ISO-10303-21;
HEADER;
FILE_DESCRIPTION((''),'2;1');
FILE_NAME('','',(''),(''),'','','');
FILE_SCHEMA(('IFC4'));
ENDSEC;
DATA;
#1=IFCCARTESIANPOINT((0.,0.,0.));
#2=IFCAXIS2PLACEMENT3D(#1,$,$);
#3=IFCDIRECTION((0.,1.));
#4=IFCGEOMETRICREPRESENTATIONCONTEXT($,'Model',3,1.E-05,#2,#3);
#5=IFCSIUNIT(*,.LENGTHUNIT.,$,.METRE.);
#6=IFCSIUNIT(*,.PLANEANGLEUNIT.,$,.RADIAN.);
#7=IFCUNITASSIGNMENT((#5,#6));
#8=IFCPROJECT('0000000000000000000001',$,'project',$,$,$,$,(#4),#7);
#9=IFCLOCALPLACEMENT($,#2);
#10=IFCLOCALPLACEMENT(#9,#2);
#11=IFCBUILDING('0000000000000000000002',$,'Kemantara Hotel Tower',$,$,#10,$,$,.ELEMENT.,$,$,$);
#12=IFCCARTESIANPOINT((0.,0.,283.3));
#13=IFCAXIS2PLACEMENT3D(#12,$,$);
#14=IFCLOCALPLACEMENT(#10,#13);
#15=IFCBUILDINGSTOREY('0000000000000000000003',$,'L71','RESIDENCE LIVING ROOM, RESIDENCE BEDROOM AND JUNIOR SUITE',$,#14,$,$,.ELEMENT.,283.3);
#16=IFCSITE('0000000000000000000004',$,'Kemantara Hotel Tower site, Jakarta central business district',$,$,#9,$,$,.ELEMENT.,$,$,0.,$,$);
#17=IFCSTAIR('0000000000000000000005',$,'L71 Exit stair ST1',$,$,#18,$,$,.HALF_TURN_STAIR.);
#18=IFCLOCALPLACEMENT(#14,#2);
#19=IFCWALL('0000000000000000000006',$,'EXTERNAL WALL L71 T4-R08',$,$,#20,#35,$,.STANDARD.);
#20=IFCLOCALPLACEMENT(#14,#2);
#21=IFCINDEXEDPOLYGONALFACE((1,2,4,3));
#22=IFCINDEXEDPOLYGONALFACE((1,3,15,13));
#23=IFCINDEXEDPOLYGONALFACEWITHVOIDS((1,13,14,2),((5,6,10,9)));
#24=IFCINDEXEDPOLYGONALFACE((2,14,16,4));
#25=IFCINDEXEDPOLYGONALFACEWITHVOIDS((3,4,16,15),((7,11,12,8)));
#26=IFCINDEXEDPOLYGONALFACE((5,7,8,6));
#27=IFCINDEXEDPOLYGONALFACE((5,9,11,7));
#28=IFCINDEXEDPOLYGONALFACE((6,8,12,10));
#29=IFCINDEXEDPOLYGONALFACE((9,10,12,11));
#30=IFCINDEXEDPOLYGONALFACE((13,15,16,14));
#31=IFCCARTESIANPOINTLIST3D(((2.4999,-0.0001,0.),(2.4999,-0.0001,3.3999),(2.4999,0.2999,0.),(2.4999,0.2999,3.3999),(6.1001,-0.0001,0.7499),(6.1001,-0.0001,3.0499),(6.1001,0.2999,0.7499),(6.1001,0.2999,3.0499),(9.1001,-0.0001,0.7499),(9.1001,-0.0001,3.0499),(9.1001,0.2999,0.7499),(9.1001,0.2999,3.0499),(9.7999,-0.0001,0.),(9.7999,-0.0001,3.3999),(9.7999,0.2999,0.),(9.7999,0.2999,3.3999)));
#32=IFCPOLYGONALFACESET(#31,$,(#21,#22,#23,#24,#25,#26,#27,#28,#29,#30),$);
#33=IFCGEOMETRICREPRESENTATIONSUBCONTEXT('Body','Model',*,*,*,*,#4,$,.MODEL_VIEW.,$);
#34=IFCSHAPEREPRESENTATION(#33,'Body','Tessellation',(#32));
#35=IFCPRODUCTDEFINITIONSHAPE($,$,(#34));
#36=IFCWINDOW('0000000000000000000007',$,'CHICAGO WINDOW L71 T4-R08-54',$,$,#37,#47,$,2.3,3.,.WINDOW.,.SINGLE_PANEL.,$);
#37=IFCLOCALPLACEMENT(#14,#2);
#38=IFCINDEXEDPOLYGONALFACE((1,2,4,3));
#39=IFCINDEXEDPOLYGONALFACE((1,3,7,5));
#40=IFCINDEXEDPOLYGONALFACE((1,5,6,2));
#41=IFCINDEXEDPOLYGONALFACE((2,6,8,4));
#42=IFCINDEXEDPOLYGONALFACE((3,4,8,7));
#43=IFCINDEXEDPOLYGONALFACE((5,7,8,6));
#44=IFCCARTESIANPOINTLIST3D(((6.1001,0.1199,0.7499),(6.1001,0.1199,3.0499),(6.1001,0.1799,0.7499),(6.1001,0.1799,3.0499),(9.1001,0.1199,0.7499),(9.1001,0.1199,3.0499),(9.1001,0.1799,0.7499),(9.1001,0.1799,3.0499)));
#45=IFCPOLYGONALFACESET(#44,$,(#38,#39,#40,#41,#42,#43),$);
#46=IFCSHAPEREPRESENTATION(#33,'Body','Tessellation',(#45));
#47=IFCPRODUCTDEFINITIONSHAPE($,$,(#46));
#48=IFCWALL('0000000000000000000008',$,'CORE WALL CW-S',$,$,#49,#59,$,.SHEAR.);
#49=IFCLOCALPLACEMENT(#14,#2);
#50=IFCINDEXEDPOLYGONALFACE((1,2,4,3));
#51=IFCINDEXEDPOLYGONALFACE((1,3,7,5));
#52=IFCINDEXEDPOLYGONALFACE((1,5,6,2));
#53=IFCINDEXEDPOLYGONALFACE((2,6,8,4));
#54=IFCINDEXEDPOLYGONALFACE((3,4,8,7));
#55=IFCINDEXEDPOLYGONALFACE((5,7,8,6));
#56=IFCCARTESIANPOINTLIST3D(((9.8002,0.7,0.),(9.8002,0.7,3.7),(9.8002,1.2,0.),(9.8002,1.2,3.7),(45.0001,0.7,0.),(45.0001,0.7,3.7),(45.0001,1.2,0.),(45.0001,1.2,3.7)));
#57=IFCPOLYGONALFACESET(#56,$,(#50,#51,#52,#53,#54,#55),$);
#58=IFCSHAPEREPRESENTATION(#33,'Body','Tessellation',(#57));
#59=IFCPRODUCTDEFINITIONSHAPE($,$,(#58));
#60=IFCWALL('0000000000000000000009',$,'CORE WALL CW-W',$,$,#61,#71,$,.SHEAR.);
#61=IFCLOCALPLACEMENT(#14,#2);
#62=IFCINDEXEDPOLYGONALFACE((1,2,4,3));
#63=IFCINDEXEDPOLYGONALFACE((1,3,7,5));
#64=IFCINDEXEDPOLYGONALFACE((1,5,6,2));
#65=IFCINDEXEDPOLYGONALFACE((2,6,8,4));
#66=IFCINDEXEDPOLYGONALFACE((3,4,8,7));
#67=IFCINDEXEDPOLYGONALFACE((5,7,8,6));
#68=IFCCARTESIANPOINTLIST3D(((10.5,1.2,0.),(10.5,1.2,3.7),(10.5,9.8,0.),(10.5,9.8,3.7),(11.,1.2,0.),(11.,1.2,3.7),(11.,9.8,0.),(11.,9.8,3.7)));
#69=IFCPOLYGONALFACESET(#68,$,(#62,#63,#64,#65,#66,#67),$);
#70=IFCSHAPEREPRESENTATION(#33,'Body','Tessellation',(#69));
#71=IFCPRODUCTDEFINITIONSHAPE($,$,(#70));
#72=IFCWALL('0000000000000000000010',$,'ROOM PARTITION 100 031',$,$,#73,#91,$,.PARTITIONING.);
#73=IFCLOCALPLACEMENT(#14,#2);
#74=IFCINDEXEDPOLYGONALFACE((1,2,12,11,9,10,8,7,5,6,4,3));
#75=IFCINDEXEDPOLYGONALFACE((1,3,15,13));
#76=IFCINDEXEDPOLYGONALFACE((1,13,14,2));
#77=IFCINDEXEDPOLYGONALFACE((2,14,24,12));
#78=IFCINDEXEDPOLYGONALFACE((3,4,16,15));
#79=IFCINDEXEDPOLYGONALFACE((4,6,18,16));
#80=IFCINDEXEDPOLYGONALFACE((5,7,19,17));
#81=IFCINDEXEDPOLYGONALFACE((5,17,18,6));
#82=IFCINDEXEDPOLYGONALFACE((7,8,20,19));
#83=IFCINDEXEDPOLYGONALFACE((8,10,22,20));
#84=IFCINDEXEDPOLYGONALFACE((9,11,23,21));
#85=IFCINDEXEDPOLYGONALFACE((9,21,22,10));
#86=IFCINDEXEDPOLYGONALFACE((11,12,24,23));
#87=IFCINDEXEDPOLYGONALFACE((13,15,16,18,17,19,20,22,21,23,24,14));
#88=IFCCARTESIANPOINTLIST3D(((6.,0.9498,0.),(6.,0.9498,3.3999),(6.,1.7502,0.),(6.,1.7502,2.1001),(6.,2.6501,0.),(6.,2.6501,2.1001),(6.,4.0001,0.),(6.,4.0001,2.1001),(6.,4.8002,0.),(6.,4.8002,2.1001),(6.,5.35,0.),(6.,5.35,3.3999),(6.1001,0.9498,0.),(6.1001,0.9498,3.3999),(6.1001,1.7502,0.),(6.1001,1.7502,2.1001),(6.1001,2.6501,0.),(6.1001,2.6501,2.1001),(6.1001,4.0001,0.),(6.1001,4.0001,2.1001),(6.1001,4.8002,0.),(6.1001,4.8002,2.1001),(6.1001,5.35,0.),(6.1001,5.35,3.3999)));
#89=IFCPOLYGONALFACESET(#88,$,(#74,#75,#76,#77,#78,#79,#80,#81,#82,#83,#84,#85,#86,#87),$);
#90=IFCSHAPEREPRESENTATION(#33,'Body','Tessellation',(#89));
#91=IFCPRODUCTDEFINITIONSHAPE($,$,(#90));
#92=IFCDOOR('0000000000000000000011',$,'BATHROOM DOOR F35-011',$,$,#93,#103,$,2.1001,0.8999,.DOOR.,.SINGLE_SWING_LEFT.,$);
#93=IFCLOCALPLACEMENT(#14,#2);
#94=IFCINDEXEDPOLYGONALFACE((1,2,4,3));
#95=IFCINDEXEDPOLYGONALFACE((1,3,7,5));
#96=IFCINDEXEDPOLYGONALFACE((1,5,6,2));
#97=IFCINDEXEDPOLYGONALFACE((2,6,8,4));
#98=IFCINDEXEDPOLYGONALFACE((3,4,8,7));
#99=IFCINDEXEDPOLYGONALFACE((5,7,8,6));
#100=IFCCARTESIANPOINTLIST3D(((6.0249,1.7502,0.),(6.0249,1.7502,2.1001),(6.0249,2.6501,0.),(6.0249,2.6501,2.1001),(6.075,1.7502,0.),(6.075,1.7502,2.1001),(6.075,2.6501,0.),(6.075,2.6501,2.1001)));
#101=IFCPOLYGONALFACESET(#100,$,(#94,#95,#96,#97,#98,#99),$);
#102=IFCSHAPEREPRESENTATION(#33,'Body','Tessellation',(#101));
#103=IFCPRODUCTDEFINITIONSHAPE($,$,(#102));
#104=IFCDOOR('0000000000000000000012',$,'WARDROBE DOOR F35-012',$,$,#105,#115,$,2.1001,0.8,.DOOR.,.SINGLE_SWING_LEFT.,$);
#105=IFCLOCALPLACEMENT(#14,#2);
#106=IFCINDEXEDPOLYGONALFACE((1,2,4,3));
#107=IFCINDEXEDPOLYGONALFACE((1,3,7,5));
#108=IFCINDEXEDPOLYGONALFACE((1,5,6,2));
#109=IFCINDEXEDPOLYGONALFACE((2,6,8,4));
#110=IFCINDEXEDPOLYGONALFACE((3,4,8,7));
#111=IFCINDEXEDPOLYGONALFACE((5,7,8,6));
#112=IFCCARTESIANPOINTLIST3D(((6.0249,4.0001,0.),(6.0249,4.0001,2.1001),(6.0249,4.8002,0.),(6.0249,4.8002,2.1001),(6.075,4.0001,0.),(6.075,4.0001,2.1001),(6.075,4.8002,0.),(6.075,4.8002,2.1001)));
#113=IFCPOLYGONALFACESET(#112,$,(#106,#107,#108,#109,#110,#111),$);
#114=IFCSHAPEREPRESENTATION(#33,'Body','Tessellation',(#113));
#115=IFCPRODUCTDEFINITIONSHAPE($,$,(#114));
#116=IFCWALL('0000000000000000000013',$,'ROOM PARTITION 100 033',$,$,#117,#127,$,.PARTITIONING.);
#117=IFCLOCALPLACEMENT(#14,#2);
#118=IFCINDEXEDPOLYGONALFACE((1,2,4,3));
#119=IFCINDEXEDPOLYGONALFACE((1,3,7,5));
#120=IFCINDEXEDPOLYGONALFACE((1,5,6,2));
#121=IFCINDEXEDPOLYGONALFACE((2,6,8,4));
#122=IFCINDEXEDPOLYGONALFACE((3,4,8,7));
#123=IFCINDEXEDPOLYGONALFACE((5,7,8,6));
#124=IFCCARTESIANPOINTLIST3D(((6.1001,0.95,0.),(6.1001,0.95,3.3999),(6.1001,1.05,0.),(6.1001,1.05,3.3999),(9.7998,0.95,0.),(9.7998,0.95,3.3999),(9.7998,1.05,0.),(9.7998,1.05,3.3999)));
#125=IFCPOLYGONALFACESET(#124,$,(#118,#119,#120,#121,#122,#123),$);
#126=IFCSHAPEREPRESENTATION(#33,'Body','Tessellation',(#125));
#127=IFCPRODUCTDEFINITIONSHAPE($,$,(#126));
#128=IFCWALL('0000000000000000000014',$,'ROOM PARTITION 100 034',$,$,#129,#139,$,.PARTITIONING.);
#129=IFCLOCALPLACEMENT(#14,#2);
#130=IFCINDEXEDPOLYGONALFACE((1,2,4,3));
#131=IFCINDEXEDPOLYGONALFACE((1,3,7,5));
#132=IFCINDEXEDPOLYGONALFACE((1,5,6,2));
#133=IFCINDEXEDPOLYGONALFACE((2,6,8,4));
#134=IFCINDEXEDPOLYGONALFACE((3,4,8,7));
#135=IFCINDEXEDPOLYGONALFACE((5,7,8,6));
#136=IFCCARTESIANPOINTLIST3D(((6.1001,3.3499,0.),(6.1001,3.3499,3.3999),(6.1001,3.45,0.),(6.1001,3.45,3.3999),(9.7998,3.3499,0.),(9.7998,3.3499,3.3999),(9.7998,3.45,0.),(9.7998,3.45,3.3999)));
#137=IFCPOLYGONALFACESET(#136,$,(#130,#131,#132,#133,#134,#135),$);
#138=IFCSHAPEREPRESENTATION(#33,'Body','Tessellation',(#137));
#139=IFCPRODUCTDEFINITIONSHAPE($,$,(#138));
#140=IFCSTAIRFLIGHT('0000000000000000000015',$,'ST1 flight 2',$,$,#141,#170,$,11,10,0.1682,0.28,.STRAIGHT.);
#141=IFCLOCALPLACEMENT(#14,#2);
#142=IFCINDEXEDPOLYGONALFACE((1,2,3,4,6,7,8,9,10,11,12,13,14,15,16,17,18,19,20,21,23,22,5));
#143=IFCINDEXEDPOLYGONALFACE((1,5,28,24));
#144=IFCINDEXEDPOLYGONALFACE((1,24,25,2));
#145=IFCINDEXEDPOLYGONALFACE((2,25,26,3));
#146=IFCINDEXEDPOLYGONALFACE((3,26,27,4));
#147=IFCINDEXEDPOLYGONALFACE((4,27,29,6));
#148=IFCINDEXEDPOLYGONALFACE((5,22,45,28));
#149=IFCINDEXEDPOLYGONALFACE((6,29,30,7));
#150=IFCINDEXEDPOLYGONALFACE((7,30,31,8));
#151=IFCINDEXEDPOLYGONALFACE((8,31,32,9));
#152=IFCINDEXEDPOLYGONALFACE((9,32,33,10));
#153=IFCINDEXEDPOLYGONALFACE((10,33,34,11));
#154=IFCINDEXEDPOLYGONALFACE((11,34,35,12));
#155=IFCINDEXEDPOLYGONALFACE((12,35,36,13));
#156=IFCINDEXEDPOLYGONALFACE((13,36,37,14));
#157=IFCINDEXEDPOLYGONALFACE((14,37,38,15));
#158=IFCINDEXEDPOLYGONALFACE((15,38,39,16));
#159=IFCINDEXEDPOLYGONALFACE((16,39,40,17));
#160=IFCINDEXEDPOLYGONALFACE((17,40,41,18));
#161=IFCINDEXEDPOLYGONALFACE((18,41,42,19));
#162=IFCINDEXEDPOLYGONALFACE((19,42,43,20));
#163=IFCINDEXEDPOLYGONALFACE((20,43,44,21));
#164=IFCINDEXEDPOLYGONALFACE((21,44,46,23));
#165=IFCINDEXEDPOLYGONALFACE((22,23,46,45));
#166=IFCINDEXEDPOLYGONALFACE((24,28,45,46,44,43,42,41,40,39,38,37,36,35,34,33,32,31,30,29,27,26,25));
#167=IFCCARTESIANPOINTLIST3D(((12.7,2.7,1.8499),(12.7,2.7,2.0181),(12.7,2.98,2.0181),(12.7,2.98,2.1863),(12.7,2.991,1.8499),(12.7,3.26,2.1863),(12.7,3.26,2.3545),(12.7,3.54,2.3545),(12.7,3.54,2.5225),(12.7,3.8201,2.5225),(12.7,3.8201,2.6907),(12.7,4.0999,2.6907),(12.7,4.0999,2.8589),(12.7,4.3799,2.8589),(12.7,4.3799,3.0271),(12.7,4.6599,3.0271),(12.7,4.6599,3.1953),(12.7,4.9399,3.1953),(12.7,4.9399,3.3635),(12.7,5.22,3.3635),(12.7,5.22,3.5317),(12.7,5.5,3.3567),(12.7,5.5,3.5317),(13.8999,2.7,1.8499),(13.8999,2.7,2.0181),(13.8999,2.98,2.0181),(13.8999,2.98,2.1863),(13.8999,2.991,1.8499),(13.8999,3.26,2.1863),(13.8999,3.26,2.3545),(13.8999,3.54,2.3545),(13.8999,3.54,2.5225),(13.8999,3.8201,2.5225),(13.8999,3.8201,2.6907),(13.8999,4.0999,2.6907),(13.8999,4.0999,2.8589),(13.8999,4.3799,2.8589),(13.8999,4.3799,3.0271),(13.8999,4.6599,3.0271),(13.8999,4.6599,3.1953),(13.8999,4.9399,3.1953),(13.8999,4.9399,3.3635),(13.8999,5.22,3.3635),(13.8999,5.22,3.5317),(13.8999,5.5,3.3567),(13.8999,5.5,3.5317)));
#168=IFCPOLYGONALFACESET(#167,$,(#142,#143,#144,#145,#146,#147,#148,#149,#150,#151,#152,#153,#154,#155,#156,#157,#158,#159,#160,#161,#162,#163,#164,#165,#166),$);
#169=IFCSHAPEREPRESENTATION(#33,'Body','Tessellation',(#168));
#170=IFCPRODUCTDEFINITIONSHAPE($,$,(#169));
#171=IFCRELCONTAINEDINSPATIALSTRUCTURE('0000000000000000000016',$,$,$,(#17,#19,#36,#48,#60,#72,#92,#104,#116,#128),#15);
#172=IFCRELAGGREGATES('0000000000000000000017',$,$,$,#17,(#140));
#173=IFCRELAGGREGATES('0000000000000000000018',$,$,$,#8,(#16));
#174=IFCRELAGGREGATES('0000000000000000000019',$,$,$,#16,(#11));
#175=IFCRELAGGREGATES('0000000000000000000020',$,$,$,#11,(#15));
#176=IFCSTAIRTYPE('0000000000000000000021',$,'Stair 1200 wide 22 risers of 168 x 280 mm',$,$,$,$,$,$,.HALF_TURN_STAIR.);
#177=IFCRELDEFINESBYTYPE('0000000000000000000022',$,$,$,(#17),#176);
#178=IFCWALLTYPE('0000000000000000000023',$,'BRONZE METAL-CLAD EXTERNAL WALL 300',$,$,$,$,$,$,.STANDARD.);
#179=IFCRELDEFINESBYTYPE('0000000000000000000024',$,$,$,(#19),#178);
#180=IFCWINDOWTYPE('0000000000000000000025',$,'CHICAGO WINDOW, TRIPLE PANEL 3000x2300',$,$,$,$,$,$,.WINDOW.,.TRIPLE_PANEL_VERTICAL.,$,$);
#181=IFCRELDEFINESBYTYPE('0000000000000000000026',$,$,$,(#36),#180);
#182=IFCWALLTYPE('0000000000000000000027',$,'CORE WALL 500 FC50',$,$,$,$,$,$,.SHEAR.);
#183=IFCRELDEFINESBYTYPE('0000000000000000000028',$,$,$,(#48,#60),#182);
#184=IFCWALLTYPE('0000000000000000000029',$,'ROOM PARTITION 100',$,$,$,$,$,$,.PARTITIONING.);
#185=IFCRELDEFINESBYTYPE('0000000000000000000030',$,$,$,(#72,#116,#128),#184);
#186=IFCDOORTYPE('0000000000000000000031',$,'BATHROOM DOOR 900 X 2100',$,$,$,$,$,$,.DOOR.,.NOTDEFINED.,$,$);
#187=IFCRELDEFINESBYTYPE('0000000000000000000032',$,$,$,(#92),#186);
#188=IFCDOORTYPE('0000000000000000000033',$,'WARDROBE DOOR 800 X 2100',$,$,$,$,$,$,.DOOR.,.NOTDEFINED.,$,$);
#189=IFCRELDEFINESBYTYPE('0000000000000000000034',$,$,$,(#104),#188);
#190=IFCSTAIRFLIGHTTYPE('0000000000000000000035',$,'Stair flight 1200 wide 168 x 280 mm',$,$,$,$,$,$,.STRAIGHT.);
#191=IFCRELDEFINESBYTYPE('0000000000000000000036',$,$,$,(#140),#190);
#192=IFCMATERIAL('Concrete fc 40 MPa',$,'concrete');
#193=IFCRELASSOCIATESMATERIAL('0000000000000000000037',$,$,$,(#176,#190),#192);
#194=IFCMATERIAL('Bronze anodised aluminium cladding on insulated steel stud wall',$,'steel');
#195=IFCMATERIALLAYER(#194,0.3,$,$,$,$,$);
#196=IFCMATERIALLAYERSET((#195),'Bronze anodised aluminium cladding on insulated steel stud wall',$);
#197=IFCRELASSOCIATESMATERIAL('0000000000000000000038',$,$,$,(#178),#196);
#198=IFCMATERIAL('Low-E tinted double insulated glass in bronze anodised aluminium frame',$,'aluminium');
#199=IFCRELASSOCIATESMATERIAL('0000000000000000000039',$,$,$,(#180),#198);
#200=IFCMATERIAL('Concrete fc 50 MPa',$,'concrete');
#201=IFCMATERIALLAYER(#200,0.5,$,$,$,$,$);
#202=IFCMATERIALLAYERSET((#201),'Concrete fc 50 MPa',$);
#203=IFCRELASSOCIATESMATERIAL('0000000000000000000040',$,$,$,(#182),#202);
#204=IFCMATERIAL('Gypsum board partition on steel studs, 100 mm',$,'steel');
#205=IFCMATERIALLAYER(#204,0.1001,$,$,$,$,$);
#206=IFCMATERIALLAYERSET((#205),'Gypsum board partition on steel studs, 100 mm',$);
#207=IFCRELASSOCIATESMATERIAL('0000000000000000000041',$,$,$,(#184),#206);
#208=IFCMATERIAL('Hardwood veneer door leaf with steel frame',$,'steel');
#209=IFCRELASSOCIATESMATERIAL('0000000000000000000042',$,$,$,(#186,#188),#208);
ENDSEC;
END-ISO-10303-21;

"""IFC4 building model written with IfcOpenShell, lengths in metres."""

from ifc_helpers import new_model, si_unit, direction, frame, frame_2d, origin, place, context, subcontext, project, spatial, polyline, rectangle, outline, extrude, material, layer, layer_set, type_object, element, fill, aggregate, save


model = new_model("IFC4")

# Units and contexts
model_context = context("Model", 3, precision=1e-05, world=origin(), true_north=direction((0.0, 1.0)))
body_context = subcontext(model_context, "Body", "Model", "MODEL_VIEW")
ifc_project = project(units=[si_unit("LENGTHUNIT", "METRE"), si_unit("PLANEANGLEUNIT", "RADIAN")], contexts=[model_context])

# Site, building, storey
site_placement = place(None, origin())
site = spatial("IfcSite", under=ifc_project, at=site_placement, Name="Kemantara Hotel Tower site, Jakarta central business district", CompositionType="ELEMENT", RefElevation=0.0)
building_placement = place(site_placement, origin())
building = spatial("IfcBuilding", under=site, at=building_placement, Name="Kemantara Hotel Tower", CompositionType="ELEMENT")
storey_placement = place(building_placement, frame((0.0, 0.0, 283.3)))
storey = spatial("IfcBuildingStorey", under=building, at=storey_placement, Name="L71", Description="RESIDENCE LIVING ROOM, RESIDENCE BEDROOM AND JUNIOR SUITE", CompositionType="ELEMENT", Elevation=283.3)

# Shared definitions
ifc_material_1 = material(Name="Concrete fc 50 MPa", Category="concrete")

# Shared definitions
ifc_material_2 = material(Name="Concrete fc 40 MPa", Category="concrete")

# Stair
stair_type_1 = type_object("IfcStairType", Name="Stair 1200 wide 22 risers of 168 x 280 mm", PredefinedType="HALF_TURN_STAIR", material=ifc_material_2)
stair_1_placement = place(storey_placement, origin())
stair_1 = element("IfcStair", 1, at=stair_1_placement, inside=storey, type_object=stair_type_1, Name="L71 Exit stair ST1", PredefinedType="HALF_TURN_STAIR")

# Shared definitions
ifc_material_3 = material(Name="Bronze anodised aluminium cladding on insulated steel stud wall", Category="steel")
ifc_layer_1 = layer(ifc_material_3, 0.3)
ifc_layer_set_1 = layer_set([ifc_layer_1], Name="Bronze anodised aluminium cladding on insulated steel stud wall")
wall_type_1 = type_object("IfcWallType", Name="BRONZE METAL-CLAD EXTERNAL WALL 300", PredefinedType="STANDARD", material=ifc_layer_set_1)

# Wall, opening, window
wall_1_placement = place(storey_placement, frame((2.5, 0.1499, 0.0), z_axis=(0.0, 0.0, 1.0), x_axis=(1.0, 0.0, 0.0)))
wall_1 = element("IfcWall", 2, at=wall_1_placement, inside=storey, type_object=wall_type_1, Name="EXTERNAL WALL L71 T4-R08", PredefinedType="STANDARD", context=body_context, shape_type="SweptSolid", body=[
    extrude(rectangle(XDim=7.3, YDim=0.3, at=frame_2d((3.6499, 0.0))), origin(), (0.0, 0.0, 1.0), 3.3999),
])
opening_1_placement = place(wall_1_placement, frame((3.6001, 0.0, 0.75)))
opening_1 = element("IfcOpeningElement", 3, at=opening_1_placement, cuts=wall_1, PredefinedType="OPENING", context=body_context, shape_type="SweptSolid", body=[
    extrude(rectangle(XDim=3.0, YDim=2.3, at=frame_2d((1.5, 1.1499))), frame((0.0, 0.1599, 0.0), z_axis=(0.0, -1.0, 0.0), x_axis=(1.0, 0.0, 0.0)), (0.0, 0.0, 1.0), 0.3201),
])
ifc_material_4 = material(Name="Low-E tinted double insulated glass in bronze anodised aluminium frame", Category="aluminium")
window_type = type_object("IfcWindowType", Name="CHICAGO WINDOW, TRIPLE PANEL 3000x2300", PartitioningType="TRIPLE_PANEL_VERTICAL", PredefinedType="WINDOW", material=ifc_material_4)
window_placement = place(opening_1_placement, origin())
window = element("IfcWindow", 4, at=window_placement, inside=storey, type_object=window_type, Name="CHICAGO WINDOW L71 T4-R08-54", OverallHeight=2.3, OverallWidth=3.0, PartitioningType="SINGLE_PANEL", PredefinedType="WINDOW", context=body_context, shape_type="SweptSolid", body=[
    extrude(rectangle(XDim=3.0, YDim=2.3, at=frame_2d((1.5, 1.1499))), frame((0.0, 0.03, 0.0), z_axis=(0.0, -1.0, 0.0), x_axis=(1.0, 0.0, 0.0)), (0.0, 0.0, 1.0), 0.0601),
])
fill(opening_1, window)

# Walls
ifc_layer_2 = layer(ifc_material_1, 0.5)
ifc_layer_set_2 = layer_set([ifc_layer_2], Name="Concrete fc 50 MPa")
wall_type_2 = type_object("IfcWallType", Name="CORE WALL 500 FC50", PredefinedType="SHEAR", material=ifc_layer_set_2)
wall_2_placement = place(storey_placement, frame((9.8, 0.95, 0.0), z_axis=(0.0, 0.0, 1.0), x_axis=(1.0, 0.0, 0.0)))
element("IfcWall", 5, at=wall_2_placement, inside=storey, type_object=wall_type_2, Name="CORE WALL CW-S", PredefinedType="SHEAR", context=body_context, shape_type="SweptSolid", body=[
    extrude(rectangle(XDim=35.2, YDim=0.5, at=frame_2d((17.6001, 0.0))), origin(), (0.0, 0.0, 1.0), 3.7),
])
wall_3_placement = place(storey_placement, frame((10.75, 1.2, 0.0), z_axis=(0.0, 0.0, 1.0), x_axis=(0.0, 1.0, 0.0)))
element("IfcWall", 6, at=wall_3_placement, inside=storey, type_object=wall_type_2, Name="CORE WALL CW-W", PredefinedType="SHEAR", context=body_context, shape_type="SweptSolid", body=[
    extrude(rectangle(XDim=8.6001, YDim=0.5, at=frame_2d((4.3, 0.0))), origin(), (0.0, 0.0, 1.0), 3.7),
])

# Wall, openings, doors
ifc_material_5 = material(Name="Gypsum board partition on steel studs, 100 mm", Category="steel")
ifc_layer_3 = layer(ifc_material_5, 0.1001)
ifc_layer_set_3 = layer_set([ifc_layer_3], Name="Gypsum board partition on steel studs, 100 mm")
wall_type_3 = type_object("IfcWallType", Name="ROOM PARTITION 100", PredefinedType="PARTITIONING", material=ifc_layer_set_3)
wall_4_placement = place(storey_placement, frame((6.05, 5.3501, 0.0), z_axis=(0.0, 0.0, 1.0), x_axis=(0.0, -1.0, 0.0)))
wall_4 = element("IfcWall", 7, at=wall_4_placement, inside=storey, type_object=wall_type_3, Name="ROOM PARTITION 100 031", PredefinedType="PARTITIONING", context=body_context, shape_type="SweptSolid", body=[
    extrude(rectangle(XDim=4.4001, YDim=0.1001, at=frame_2d((2.2002, 0.0))), origin(), (0.0, 0.0, 1.0), 3.3999),
])
opening_2_placement = place(wall_4_placement, frame((2.7, 0.0, 0.0)))
opening_2 = element("IfcOpeningElement", 8, at=opening_2_placement, cuts=wall_4, PredefinedType="OPENING", context=body_context, shape_type="SweptSolid", body=[
    extrude(rectangle(XDim=0.8999, YDim=2.1001, at=frame_2d((0.45, 1.05))), frame((0.0, 0.0601, 0.0), z_axis=(0.0, -1.0, 0.0), x_axis=(1.0, 0.0, 0.0)), (0.0, 0.0, 1.0), 0.1201),
])
opening_3_placement = place(wall_4_placement, frame((0.55, 0.0, 0.0)))
opening_3 = element("IfcOpeningElement", 9, at=opening_3_placement, cuts=wall_4, PredefinedType="OPENING", context=body_context, shape_type="SweptSolid", body=[
    extrude(rectangle(XDim=0.8, YDim=2.1001, at=frame_2d((0.3999, 1.05))), frame((0.0, 0.0601, 0.0), z_axis=(0.0, -1.0, 0.0), x_axis=(1.0, 0.0, 0.0)), (0.0, 0.0, 1.0), 0.1201),
])
ifc_material_6 = material(Name="Hardwood veneer door leaf with steel frame", Category="steel")
door_type_1 = type_object("IfcDoorType", Name="BATHROOM DOOR 900 X 2100", OperationType="NOTDEFINED", PredefinedType="DOOR", material=ifc_material_6)
door_1_placement = place(opening_2_placement, origin())
door_1 = element("IfcDoor", 10, at=door_1_placement, inside=storey, type_object=door_type_1, Name="BATHROOM DOOR F35-011", OperationType="SINGLE_SWING_LEFT", OverallHeight=2.1001, OverallWidth=0.8999, PredefinedType="DOOR", context=body_context, shape_type="SweptSolid", body=[
    extrude(rectangle(XDim=0.8999, YDim=2.1001, at=frame_2d((0.45, 1.05))), frame((0.0, 0.0249, 0.0), z_axis=(0.0, -1.0, 0.0), x_axis=(1.0, 0.0, 0.0)), (0.0, 0.0, 1.0), 0.05),
])
fill(opening_2, door_1)
door_type_2 = type_object("IfcDoorType", Name="WARDROBE DOOR 800 X 2100", OperationType="NOTDEFINED", PredefinedType="DOOR", material=ifc_material_6)
door_2_placement = place(opening_3_placement, origin())
door_2 = element("IfcDoor", 11, at=door_2_placement, inside=storey, type_object=door_type_2, Name="WARDROBE DOOR F35-012", OperationType="SINGLE_SWING_LEFT", OverallHeight=2.1001, OverallWidth=0.8, PredefinedType="DOOR", context=body_context, shape_type="SweptSolid", body=[
    extrude(rectangle(XDim=0.8, YDim=2.1001, at=frame_2d((0.3999, 1.05))), frame((0.0, 0.0249, 0.0), z_axis=(0.0, -1.0, 0.0), x_axis=(1.0, 0.0, 0.0)), (0.0, 0.0, 1.0), 0.05),
])
fill(opening_3, door_2)

# Walls
for number, where, z_axis, x_axis, name in (
    (12, (6.1001, 1.0, 0.0), (0.0, 0.0, 1.0), (1.0, 0.0, 0.0), "ROOM PARTITION 100 033"),
    (13, (6.1001, 3.3999, 0.0), (0.0, 0.0, 1.0), (1.0, 0.0, 0.0), "ROOM PARTITION 100 034"),
):
    element("IfcWall", number, at=place(storey_placement, frame(where, z_axis=z_axis, x_axis=x_axis)), inside=storey, type_object=wall_type_3, Name=name, PredefinedType="PARTITIONING", context=body_context, shape_type="SweptSolid", body=[
        extrude(rectangle(XDim=3.6997, YDim=0.1001, at=frame_2d((1.8499, 0.0))), origin(), (0.0, 0.0, 1.0), 3.3999),
    ])

# Stair flight
stair_flight_type = type_object("IfcStairFlightType", Name="Stair flight 1200 wide 168 x 280 mm", PredefinedType="STRAIGHT", material=ifc_material_2)
stair_flight_placement = place(storey_placement, frame((13.3, 2.7, 1.8499), z_axis=(0.0, 0.0, 1.0), x_axis=(0.0, 1.0, 0.0)))
stair_flight = element("IfcStairFlight", 14, at=stair_flight_placement, type_object=stair_flight_type, Name="ST1 flight 2", NumberOfRisers=11, NumberOfTreads=10, PredefinedType="STRAIGHT", RiserHeight=0.1682, TreadLength=0.28, context=body_context, shape_type="SweptSolid", body=[
    extrude(outline(polyline([(0.0, 0.0), (0.0, 0.1682), (0.28, 0.1682), (0.28, 0.3364), (0.5601, 0.3364), (0.5601, 0.5046), (0.8401, 0.5046), (0.8401, 0.6726), (1.1201, 0.6726), (1.1201, 0.8408), (1.3999, 0.8408), (1.3999, 1.009), (1.6799, 1.009), (1.6799, 1.1772), (1.96, 1.1772), (1.96, 1.3455), (2.24, 1.3455), (2.24, 1.5137), (2.52, 1.5137), (2.52, 1.6819), (2.8, 1.6819), (2.8, 1.8501), (2.8, 1.5068), (0.291, 0.0), (0.0, 0.0)])), frame((0.0, 0.6001, 0.0), z_axis=(0.0, -1.0, 0.0), x_axis=(1.0, 0.0, 0.0)), (0.0, 0.0, 1.0), 1.2),
])
aggregate(stair_1, [stair_flight])

save(model, "model.ifc")
